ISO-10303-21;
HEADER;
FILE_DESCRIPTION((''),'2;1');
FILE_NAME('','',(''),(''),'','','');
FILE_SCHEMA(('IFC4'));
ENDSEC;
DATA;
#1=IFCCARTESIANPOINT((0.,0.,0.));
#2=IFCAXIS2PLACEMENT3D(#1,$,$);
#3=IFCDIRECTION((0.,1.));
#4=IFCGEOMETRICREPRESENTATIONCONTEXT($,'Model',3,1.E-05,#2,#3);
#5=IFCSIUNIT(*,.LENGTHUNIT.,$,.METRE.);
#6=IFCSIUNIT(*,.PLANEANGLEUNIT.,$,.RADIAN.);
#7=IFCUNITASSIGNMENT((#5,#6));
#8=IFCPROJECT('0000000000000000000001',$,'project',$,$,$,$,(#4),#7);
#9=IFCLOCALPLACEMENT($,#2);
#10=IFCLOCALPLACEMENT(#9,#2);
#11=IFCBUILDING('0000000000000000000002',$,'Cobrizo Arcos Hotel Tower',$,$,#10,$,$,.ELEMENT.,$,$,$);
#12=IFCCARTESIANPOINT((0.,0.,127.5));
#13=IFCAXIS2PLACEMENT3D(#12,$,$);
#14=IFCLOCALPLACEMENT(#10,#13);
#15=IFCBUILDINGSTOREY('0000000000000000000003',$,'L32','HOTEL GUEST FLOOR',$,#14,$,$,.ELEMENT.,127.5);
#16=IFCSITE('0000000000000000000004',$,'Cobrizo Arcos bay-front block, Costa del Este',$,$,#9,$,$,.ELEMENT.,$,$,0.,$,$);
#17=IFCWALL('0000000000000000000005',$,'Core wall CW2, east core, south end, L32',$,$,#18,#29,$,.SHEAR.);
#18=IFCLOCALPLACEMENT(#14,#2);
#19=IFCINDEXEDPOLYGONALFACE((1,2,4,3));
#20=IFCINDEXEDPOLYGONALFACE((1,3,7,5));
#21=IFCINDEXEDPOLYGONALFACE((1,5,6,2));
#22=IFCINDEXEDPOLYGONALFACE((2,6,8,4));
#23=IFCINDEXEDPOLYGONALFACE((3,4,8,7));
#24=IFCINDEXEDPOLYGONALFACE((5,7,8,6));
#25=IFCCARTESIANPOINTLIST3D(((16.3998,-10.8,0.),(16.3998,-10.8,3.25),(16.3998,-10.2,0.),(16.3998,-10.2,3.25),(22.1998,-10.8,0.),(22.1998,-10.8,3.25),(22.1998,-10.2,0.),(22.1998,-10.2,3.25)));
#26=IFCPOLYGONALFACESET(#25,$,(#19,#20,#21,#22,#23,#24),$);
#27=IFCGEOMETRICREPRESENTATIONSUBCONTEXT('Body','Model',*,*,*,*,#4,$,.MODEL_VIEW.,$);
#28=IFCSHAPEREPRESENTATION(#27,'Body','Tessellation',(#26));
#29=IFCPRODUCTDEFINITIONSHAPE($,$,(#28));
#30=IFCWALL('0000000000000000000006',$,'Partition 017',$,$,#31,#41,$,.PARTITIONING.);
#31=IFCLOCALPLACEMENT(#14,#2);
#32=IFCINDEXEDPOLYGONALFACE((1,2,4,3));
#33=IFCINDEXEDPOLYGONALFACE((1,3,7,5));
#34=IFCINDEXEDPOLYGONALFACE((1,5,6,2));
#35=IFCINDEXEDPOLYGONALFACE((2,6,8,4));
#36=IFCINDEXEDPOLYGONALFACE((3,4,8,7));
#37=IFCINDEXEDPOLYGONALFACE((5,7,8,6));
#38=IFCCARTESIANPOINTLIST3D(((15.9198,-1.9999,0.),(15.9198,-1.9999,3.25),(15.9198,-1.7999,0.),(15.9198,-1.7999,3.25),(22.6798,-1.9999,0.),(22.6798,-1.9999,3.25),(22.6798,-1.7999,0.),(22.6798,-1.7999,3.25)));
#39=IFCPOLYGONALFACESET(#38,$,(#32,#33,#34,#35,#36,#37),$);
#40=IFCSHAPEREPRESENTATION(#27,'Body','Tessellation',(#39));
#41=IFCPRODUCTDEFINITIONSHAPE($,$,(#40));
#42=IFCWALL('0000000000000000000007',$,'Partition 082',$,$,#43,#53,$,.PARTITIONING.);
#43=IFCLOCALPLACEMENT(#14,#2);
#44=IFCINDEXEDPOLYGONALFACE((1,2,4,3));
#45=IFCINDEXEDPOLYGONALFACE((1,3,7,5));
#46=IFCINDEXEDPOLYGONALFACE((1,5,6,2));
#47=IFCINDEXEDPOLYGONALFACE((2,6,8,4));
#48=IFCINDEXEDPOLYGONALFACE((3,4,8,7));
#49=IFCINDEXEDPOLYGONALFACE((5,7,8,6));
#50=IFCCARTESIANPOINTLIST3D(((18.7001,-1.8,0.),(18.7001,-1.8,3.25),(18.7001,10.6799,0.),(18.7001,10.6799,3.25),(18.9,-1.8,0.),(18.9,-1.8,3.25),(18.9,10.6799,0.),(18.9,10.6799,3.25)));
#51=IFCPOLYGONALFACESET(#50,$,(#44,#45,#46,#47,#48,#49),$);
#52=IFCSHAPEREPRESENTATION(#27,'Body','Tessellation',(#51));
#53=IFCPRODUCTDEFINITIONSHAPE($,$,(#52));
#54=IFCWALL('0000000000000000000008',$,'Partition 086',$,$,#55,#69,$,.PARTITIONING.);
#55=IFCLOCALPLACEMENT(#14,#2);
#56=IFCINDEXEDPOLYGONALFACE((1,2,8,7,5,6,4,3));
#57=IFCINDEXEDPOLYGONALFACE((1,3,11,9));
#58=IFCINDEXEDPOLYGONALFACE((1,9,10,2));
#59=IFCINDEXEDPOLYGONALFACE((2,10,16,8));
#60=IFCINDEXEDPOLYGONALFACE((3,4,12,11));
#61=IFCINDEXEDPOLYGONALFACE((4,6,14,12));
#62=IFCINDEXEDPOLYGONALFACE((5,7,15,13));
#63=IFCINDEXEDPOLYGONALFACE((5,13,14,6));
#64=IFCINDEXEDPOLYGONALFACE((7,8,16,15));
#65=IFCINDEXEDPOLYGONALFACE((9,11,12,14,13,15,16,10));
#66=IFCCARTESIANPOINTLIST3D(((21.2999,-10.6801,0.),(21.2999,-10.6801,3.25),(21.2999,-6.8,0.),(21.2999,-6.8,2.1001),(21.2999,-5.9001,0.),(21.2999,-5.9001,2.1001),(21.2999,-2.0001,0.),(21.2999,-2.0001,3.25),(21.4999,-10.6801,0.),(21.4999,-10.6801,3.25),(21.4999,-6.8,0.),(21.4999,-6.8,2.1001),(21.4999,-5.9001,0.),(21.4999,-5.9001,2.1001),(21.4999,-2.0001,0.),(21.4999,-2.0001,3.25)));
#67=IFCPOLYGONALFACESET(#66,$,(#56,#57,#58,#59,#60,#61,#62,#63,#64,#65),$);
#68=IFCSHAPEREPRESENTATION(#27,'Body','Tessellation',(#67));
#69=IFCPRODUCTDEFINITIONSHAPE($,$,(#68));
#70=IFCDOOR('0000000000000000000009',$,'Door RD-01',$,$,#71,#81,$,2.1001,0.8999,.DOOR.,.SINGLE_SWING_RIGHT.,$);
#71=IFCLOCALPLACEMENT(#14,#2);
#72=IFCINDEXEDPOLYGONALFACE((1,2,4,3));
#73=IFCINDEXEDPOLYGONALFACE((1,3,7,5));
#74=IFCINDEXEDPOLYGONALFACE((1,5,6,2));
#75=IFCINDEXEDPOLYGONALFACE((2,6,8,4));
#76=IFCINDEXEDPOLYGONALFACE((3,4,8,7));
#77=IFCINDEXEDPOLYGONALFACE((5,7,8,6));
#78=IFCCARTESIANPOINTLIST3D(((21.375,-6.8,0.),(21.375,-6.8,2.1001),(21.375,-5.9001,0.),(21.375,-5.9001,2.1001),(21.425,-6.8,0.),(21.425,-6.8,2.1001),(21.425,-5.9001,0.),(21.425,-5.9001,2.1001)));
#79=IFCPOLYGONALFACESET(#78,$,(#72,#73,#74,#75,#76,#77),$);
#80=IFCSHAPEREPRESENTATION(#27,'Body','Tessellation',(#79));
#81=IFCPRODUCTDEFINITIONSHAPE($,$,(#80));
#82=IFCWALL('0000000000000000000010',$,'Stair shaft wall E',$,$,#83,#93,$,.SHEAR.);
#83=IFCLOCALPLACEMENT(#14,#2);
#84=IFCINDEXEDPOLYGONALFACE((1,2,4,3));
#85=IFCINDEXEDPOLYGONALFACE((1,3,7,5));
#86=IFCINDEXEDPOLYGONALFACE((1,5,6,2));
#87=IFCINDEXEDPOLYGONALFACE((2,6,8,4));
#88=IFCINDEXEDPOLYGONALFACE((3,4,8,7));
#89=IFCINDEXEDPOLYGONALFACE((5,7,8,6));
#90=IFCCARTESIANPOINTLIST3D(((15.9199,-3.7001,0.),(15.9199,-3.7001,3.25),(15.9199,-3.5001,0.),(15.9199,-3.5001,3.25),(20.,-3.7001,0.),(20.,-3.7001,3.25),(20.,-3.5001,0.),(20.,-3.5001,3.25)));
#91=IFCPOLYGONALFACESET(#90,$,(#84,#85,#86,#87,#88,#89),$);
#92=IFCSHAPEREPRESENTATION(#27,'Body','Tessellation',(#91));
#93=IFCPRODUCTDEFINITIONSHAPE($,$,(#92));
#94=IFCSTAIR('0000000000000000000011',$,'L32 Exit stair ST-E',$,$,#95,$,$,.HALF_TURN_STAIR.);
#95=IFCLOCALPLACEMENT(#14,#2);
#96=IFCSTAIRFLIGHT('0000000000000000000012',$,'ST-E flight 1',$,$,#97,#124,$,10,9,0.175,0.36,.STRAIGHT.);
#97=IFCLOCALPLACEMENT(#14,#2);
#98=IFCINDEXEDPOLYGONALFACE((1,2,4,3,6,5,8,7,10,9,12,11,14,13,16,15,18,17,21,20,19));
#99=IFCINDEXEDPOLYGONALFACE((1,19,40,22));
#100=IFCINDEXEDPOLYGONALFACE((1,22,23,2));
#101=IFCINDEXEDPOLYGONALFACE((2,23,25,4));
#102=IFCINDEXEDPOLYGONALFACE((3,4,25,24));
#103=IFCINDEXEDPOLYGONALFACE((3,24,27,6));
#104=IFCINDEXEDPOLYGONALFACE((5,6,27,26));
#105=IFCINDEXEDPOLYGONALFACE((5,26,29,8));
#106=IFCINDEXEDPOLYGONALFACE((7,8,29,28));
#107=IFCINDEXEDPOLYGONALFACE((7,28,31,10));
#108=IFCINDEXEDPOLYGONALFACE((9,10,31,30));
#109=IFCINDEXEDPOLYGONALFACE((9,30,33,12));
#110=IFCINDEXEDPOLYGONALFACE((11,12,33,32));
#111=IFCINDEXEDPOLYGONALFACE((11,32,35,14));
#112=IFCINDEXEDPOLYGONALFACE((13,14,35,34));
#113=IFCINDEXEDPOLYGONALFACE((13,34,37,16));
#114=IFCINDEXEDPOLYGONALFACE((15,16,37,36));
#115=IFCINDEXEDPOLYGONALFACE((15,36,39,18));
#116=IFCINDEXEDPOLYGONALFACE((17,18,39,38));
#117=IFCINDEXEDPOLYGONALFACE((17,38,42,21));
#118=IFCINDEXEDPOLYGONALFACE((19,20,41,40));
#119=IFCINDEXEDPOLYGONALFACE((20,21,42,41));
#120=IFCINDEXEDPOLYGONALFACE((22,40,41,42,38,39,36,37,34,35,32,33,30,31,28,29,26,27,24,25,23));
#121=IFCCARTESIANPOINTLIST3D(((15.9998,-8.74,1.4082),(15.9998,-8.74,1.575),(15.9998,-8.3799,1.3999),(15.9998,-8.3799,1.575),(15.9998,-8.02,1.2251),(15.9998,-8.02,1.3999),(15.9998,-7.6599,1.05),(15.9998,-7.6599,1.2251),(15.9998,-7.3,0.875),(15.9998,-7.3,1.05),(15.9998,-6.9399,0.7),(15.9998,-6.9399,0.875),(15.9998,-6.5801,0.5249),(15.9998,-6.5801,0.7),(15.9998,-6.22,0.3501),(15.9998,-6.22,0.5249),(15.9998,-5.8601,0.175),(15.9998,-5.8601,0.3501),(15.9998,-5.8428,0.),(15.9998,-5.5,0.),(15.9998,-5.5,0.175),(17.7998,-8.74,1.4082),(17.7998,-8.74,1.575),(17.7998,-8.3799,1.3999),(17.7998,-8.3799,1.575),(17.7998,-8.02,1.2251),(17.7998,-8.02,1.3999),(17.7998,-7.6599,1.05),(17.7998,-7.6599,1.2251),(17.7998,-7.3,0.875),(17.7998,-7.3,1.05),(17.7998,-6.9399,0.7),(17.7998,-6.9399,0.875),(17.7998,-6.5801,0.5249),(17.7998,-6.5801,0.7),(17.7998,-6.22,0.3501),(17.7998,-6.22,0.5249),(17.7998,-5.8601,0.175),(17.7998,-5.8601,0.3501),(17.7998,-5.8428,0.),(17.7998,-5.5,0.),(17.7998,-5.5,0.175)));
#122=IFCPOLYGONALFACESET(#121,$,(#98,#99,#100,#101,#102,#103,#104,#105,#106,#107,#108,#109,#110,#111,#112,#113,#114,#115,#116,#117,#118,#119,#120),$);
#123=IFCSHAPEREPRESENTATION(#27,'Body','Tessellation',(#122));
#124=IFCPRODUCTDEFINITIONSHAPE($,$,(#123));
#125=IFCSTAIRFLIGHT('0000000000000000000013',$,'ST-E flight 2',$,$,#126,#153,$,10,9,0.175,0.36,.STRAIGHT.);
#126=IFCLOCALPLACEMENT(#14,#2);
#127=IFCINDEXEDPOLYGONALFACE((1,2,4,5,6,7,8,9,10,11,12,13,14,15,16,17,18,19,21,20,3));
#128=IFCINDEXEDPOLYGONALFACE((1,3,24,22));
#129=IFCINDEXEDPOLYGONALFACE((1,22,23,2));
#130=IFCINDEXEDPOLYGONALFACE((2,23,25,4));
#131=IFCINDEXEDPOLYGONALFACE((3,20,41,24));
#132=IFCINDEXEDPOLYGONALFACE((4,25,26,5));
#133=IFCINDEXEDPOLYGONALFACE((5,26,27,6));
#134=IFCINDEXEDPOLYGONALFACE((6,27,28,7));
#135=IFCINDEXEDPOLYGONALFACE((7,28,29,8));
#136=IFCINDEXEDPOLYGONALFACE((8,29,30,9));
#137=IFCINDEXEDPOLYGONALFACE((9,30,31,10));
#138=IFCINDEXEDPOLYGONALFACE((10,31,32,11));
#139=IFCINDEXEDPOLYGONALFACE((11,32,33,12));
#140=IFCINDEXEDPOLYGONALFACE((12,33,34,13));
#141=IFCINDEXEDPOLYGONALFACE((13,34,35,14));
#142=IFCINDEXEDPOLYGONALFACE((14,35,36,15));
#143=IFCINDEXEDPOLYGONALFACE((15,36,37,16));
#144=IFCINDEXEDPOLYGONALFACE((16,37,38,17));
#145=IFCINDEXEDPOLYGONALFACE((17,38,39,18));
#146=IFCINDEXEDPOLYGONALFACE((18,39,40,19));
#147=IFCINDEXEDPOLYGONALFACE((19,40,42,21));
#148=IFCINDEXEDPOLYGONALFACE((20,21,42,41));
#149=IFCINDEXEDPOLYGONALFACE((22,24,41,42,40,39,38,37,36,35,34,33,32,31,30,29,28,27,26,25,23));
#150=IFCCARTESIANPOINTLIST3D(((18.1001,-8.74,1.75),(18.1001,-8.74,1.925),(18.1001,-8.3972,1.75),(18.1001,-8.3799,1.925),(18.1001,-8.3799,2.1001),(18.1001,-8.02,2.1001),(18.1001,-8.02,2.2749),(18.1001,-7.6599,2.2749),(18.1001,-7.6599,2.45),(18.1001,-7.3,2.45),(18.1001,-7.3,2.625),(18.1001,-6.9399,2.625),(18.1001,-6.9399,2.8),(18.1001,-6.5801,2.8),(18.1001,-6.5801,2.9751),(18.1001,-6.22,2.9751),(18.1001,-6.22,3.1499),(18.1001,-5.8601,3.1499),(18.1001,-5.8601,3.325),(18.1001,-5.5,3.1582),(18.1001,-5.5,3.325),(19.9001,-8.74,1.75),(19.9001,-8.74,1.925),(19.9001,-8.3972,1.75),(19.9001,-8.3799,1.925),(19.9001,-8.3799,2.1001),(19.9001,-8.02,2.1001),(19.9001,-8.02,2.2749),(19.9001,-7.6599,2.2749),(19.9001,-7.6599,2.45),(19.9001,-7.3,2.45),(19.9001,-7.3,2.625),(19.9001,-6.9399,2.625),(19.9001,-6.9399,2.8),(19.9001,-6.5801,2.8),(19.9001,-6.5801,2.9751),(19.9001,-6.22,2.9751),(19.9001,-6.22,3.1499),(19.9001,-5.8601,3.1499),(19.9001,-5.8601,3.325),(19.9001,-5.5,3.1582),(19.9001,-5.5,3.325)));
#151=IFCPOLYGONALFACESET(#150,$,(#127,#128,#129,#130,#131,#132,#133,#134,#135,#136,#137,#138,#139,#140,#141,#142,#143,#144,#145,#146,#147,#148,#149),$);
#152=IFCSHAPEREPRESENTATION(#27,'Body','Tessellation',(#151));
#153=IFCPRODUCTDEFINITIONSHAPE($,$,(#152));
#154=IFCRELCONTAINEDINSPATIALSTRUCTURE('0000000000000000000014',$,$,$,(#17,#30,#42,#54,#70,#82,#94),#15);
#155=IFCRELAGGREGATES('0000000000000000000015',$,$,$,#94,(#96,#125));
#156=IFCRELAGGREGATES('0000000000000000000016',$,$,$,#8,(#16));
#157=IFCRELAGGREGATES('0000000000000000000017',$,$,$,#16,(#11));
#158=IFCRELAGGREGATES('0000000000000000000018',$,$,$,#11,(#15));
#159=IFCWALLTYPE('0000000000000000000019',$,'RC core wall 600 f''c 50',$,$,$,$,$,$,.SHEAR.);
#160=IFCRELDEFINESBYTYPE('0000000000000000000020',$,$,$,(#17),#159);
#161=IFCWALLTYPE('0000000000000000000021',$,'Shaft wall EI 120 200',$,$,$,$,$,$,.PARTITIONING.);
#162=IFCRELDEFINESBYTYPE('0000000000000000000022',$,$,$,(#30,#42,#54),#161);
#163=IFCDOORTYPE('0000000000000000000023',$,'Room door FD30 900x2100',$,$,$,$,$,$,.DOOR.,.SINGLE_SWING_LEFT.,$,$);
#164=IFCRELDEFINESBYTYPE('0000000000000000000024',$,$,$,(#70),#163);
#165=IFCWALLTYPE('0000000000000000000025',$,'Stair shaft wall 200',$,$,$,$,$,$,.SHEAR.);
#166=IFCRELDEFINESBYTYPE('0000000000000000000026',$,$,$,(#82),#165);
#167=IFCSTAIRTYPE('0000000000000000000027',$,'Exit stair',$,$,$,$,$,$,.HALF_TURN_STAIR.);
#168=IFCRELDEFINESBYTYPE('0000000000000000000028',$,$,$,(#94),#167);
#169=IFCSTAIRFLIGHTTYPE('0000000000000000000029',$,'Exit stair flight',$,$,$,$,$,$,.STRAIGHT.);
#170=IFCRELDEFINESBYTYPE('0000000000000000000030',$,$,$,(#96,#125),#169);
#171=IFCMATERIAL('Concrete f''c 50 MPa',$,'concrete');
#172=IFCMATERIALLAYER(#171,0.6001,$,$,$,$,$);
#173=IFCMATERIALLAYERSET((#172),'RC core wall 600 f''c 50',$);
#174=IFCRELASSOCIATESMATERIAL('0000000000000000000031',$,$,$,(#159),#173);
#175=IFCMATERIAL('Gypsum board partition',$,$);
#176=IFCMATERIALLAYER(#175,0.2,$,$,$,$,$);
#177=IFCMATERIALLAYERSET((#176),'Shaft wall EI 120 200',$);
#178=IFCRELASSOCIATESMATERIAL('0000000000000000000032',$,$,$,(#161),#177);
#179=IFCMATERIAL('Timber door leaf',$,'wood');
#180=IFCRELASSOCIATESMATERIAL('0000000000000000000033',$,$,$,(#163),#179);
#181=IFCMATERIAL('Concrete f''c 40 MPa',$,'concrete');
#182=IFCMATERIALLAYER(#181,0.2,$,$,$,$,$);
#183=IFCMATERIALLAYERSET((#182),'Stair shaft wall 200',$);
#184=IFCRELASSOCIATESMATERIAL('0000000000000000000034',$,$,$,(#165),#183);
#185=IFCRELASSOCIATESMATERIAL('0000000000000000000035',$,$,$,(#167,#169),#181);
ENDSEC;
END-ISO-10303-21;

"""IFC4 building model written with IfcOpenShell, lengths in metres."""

from ifc_helpers import new_model, si_unit, direction, frame, frame_2d, origin, place, context, subcontext, project, spatial, polyline, rectangle, outline, extrude, material, layer, layer_set, type_object, element, fill, aggregate, save


model = new_model("IFC4")

# Units and contexts
model_context = context("Model", 3, precision=1e-05, world=origin(), true_north=direction((0.0, 1.0)))
body_context = subcontext(model_context, "Body", "Model", "MODEL_VIEW")
ifc_project = project(units=[si_unit("LENGTHUNIT", "METRE"), si_unit("PLANEANGLEUNIT", "RADIAN")], contexts=[model_context])

# Site, building, storey
site_placement = place(None, origin())
site = spatial("IfcSite", under=ifc_project, at=site_placement, Name="Cobrizo Arcos bay-front block, Costa del Este", CompositionType="ELEMENT", RefElevation=0.0)
building_placement = place(site_placement, origin())
building = spatial("IfcBuilding", under=site, at=building_placement, Name="Cobrizo Arcos Hotel Tower", CompositionType="ELEMENT")
storey_placement = place(building_placement, frame((0.0, 0.0, 127.5)))
storey = spatial("IfcBuildingStorey", under=building, at=storey_placement, Name="L32", Description="HOTEL GUEST FLOOR", CompositionType="ELEMENT", Elevation=127.5)

# Walls
ifc_material_1 = material(Name="Concrete f'c 50 MPa", Category="concrete")
ifc_layer_1 = layer(ifc_material_1, 0.6001)
ifc_layer_set_1 = layer_set([ifc_layer_1], Name="RC core wall 600 f'c 50")
wall_type_1 = type_object("IfcWallType", Name="RC core wall 600 f'c 50", PredefinedType="SHEAR", material=ifc_layer_set_1)
wall_1_placement = place(storey_placement, frame((16.3999, -10.5, 0.0), z_axis=(0.0, 0.0, 1.0), x_axis=(1.0, 0.0, 0.0)))
element("IfcWall", 1, at=wall_1_placement, inside=storey, type_object=wall_type_1, Name="Core wall CW2, east core, south end, L32", PredefinedType="SHEAR", context=body_context, shape_type="SweptSolid", body=[
    extrude(rectangle(XDim=5.8, YDim=0.6001, at=frame_2d((2.8999, 0.0))), origin(), (0.0, 0.0, 1.0), 3.25),
])
ifc_material_2 = material(Name="Gypsum board partition")
ifc_layer_2 = layer(ifc_material_2, 0.2)
ifc_layer_set_2 = layer_set([ifc_layer_2], Name="Shaft wall EI 120 200")
wall_type_2 = type_object("IfcWallType", Name="Shaft wall EI 120 200", PredefinedType="PARTITIONING", material=ifc_layer_set_2)
wall_2_placement = place(storey_placement, frame((15.9199, -1.8999, 0.0), z_axis=(0.0, 0.0, 1.0), x_axis=(1.0, 0.0, 0.0)))
element("IfcWall", 2, at=wall_2_placement, inside=storey, type_object=wall_type_2, Name="Partition 017", PredefinedType="PARTITIONING", context=body_context, shape_type="SweptSolid", body=[
    extrude(rectangle(XDim=6.76, YDim=0.2, at=frame_2d((3.3799, 0.0))), origin(), (0.0, 0.0, 1.0), 3.25),
])
wall_3_placement = place(storey_placement, frame((18.8, -1.8, 0.0), z_axis=(0.0, 0.0, 1.0), x_axis=(0.0, 1.0, 0.0)))
element("IfcWall", 3, at=wall_3_placement, inside=storey, type_object=wall_type_2, Name="Partition 082", PredefinedType="PARTITIONING", context=body_context, shape_type="SweptSolid", body=[
    extrude(rectangle(XDim=12.48, YDim=0.2, at=frame_2d((6.24, 0.0))), origin(), (0.0, 0.0, 1.0), 3.25),
])

# Wall, opening, door
wall_4_placement = place(storey_placement, frame((21.3999, -10.6799, 0.0), z_axis=(0.0, 0.0, 1.0), x_axis=(0.0, 1.0, 0.0)))
wall_4 = element("IfcWall", 4, at=wall_4_placement, inside=storey, type_object=wall_type_2, Name="Partition 086", PredefinedType="PARTITIONING", context=body_context, shape_type="SweptSolid", body=[
    extrude(rectangle(XDim=8.6799, YDim=0.2, at=frame_2d((4.3398, 0.0))), origin(), (0.0, 0.0, 1.0), 3.25),
])
opening_placement = place(wall_4_placement, frame((3.8799, 0.0, 0.0)))
opening = element("IfcOpeningElement", 5, at=opening_placement, cuts=wall_4, PredefinedType="OPENING", context=body_context, shape_type="SweptSolid", body=[
    extrude(rectangle(XDim=0.8999, YDim=2.1001, at=frame_2d((0.45, 1.05))), frame((0.0, 0.1121, 0.0), z_axis=(0.0, -1.0, 0.0), x_axis=(1.0, 0.0, 0.0)), (0.0, 0.0, 1.0), 0.2239),
])
ifc_material_3 = material(Name="Timber door leaf", Category="wood")
door_type = type_object("IfcDoorType", Name="Room door FD30 900x2100", OperationType="SINGLE_SWING_LEFT", PredefinedType="DOOR", material=ifc_material_3)
door_placement = place(opening_placement, origin())
door = element("IfcDoor", 6, at=door_placement, inside=storey, type_object=door_type, Name="Door RD-01", OperationType="SINGLE_SWING_RIGHT", OverallHeight=2.1001, OverallWidth=0.8999, PredefinedType="DOOR", context=body_context, shape_type="SweptSolid", body=[
    extrude(rectangle(XDim=0.8999, YDim=2.1001, at=frame_2d((0.45, 1.05))), frame((0.0, 0.0249, 0.0), z_axis=(0.0, -1.0, 0.0), x_axis=(1.0, 0.0, 0.0)), (0.0, 0.0, 1.0), 0.05),
])
fill(opening, door)

# Wall
ifc_material_4 = material(Name="Concrete f'c 40 MPa", Category="concrete")
ifc_layer_3 = layer(ifc_material_4, 0.2)
ifc_layer_set_3 = layer_set([ifc_layer_3], Name="Stair shaft wall 200")
wall_type_3 = type_object("IfcWallType", Name="Stair shaft wall 200", PredefinedType="SHEAR", material=ifc_layer_set_3)
wall_5_placement = place(storey_placement, frame((15.9199, -3.6001, 0.0), z_axis=(0.0, 0.0, 1.0), x_axis=(1.0, 0.0, 0.0)))
element("IfcWall", 7, at=wall_5_placement, inside=storey, type_object=wall_type_3, Name="Stair shaft wall E", PredefinedType="SHEAR", context=body_context, shape_type="SweptSolid", body=[
    extrude(rectangle(XDim=4.0801, YDim=0.2, at=frame_2d((2.04, 0.0))), origin(), (0.0, 0.0, 1.0), 3.25),
])

# Stair, stair flights
stair_type = type_object("IfcStairType", Name="Exit stair", PredefinedType="HALF_TURN_STAIR", material=ifc_material_4)
stair_placement = place(storey_placement, origin())
stair = element("IfcStair", 8, at=stair_placement, inside=storey, type_object=stair_type, Name="L32 Exit stair ST-E", PredefinedType="HALF_TURN_STAIR")
stair_flight_type = type_object("IfcStairFlightType", Name="Exit stair flight", PredefinedType="STRAIGHT", material=ifc_material_4)
stair_flight_1_placement = place(storey_placement, frame((16.8999, -5.5, 0.0), z_axis=(0.0, 0.0, 1.0), x_axis=(0.0, -1.0, 0.0)))
stair_flight_1 = element("IfcStairFlight", 9, at=stair_flight_1_placement, type_object=stair_flight_type, Name="ST-E flight 1", NumberOfRisers=10, NumberOfTreads=9, PredefinedType="STRAIGHT", RiserHeight=0.175, TreadLength=0.36, context=body_context, shape_type="SweptSolid", body=[
    extrude(outline(polyline([(0.0, 0.0), (0.0, 0.175), (0.3601, 0.175), (0.3601, 0.3501), (0.72, 0.3501), (0.72, 0.5249), (1.0801, 0.5249), (1.0801, 0.7), (1.4399, 0.7), (1.4399, 0.875), (1.8, 0.875), (1.8, 1.05), (2.1599, 1.05), (2.1599, 1.2251), (2.52, 1.2251), (2.52, 1.3999), (2.8799, 1.3999), (2.8799, 1.575), (3.24, 1.575), (3.24, 1.75), (3.24, 1.4082), (0.3428, 0.0), (0.0, 0.0)])), frame((0.0, 0.8999, 0.0), z_axis=(0.0, -1.0, 0.0), x_axis=(1.0, 0.0, 0.0)), (0.0, 0.0, 1.0), 1.8),
])
stair_flight_2_placement = place(storey_placement, frame((19.0, -8.74, 1.75), z_axis=(0.0, 0.0, 1.0), x_axis=(0.0, 1.0, 0.0)))
stair_flight_2 = element("IfcStairFlight", 10, at=stair_flight_2_placement, type_object=stair_flight_type, Name="ST-E flight 2", NumberOfRisers=10, NumberOfTreads=9, PredefinedType="STRAIGHT", RiserHeight=0.175, TreadLength=0.36, context=body_context, shape_type="SweptSolid", body=[
    extrude(outline(polyline([(0.0, 0.0), (0.0, 0.175), (0.3601, 0.175), (0.3601, 0.3501), (0.72, 0.3501), (0.72, 0.5249), (1.0801, 0.5249), (1.0801, 0.7), (1.4399, 0.7), (1.4399, 0.875), (1.8, 0.875), (1.8, 1.05), (2.1599, 1.05), (2.1599, 1.2251), (2.52, 1.2251), (2.52, 1.3999), (2.8799, 1.3999), (2.8799, 1.575), (3.24, 1.575), (3.24, 1.75), (3.24, 1.4082), (0.3428, 0.0), (0.0, 0.0)])), frame((0.0, 0.8999, 0.0), z_axis=(0.0, -1.0, 0.0), x_axis=(1.0, 0.0, 0.0)), (0.0, 0.0, 1.0), 1.8),
])
aggregate(stair, [stair_flight_1, stair_flight_2])

save(model, "model.ifc")
